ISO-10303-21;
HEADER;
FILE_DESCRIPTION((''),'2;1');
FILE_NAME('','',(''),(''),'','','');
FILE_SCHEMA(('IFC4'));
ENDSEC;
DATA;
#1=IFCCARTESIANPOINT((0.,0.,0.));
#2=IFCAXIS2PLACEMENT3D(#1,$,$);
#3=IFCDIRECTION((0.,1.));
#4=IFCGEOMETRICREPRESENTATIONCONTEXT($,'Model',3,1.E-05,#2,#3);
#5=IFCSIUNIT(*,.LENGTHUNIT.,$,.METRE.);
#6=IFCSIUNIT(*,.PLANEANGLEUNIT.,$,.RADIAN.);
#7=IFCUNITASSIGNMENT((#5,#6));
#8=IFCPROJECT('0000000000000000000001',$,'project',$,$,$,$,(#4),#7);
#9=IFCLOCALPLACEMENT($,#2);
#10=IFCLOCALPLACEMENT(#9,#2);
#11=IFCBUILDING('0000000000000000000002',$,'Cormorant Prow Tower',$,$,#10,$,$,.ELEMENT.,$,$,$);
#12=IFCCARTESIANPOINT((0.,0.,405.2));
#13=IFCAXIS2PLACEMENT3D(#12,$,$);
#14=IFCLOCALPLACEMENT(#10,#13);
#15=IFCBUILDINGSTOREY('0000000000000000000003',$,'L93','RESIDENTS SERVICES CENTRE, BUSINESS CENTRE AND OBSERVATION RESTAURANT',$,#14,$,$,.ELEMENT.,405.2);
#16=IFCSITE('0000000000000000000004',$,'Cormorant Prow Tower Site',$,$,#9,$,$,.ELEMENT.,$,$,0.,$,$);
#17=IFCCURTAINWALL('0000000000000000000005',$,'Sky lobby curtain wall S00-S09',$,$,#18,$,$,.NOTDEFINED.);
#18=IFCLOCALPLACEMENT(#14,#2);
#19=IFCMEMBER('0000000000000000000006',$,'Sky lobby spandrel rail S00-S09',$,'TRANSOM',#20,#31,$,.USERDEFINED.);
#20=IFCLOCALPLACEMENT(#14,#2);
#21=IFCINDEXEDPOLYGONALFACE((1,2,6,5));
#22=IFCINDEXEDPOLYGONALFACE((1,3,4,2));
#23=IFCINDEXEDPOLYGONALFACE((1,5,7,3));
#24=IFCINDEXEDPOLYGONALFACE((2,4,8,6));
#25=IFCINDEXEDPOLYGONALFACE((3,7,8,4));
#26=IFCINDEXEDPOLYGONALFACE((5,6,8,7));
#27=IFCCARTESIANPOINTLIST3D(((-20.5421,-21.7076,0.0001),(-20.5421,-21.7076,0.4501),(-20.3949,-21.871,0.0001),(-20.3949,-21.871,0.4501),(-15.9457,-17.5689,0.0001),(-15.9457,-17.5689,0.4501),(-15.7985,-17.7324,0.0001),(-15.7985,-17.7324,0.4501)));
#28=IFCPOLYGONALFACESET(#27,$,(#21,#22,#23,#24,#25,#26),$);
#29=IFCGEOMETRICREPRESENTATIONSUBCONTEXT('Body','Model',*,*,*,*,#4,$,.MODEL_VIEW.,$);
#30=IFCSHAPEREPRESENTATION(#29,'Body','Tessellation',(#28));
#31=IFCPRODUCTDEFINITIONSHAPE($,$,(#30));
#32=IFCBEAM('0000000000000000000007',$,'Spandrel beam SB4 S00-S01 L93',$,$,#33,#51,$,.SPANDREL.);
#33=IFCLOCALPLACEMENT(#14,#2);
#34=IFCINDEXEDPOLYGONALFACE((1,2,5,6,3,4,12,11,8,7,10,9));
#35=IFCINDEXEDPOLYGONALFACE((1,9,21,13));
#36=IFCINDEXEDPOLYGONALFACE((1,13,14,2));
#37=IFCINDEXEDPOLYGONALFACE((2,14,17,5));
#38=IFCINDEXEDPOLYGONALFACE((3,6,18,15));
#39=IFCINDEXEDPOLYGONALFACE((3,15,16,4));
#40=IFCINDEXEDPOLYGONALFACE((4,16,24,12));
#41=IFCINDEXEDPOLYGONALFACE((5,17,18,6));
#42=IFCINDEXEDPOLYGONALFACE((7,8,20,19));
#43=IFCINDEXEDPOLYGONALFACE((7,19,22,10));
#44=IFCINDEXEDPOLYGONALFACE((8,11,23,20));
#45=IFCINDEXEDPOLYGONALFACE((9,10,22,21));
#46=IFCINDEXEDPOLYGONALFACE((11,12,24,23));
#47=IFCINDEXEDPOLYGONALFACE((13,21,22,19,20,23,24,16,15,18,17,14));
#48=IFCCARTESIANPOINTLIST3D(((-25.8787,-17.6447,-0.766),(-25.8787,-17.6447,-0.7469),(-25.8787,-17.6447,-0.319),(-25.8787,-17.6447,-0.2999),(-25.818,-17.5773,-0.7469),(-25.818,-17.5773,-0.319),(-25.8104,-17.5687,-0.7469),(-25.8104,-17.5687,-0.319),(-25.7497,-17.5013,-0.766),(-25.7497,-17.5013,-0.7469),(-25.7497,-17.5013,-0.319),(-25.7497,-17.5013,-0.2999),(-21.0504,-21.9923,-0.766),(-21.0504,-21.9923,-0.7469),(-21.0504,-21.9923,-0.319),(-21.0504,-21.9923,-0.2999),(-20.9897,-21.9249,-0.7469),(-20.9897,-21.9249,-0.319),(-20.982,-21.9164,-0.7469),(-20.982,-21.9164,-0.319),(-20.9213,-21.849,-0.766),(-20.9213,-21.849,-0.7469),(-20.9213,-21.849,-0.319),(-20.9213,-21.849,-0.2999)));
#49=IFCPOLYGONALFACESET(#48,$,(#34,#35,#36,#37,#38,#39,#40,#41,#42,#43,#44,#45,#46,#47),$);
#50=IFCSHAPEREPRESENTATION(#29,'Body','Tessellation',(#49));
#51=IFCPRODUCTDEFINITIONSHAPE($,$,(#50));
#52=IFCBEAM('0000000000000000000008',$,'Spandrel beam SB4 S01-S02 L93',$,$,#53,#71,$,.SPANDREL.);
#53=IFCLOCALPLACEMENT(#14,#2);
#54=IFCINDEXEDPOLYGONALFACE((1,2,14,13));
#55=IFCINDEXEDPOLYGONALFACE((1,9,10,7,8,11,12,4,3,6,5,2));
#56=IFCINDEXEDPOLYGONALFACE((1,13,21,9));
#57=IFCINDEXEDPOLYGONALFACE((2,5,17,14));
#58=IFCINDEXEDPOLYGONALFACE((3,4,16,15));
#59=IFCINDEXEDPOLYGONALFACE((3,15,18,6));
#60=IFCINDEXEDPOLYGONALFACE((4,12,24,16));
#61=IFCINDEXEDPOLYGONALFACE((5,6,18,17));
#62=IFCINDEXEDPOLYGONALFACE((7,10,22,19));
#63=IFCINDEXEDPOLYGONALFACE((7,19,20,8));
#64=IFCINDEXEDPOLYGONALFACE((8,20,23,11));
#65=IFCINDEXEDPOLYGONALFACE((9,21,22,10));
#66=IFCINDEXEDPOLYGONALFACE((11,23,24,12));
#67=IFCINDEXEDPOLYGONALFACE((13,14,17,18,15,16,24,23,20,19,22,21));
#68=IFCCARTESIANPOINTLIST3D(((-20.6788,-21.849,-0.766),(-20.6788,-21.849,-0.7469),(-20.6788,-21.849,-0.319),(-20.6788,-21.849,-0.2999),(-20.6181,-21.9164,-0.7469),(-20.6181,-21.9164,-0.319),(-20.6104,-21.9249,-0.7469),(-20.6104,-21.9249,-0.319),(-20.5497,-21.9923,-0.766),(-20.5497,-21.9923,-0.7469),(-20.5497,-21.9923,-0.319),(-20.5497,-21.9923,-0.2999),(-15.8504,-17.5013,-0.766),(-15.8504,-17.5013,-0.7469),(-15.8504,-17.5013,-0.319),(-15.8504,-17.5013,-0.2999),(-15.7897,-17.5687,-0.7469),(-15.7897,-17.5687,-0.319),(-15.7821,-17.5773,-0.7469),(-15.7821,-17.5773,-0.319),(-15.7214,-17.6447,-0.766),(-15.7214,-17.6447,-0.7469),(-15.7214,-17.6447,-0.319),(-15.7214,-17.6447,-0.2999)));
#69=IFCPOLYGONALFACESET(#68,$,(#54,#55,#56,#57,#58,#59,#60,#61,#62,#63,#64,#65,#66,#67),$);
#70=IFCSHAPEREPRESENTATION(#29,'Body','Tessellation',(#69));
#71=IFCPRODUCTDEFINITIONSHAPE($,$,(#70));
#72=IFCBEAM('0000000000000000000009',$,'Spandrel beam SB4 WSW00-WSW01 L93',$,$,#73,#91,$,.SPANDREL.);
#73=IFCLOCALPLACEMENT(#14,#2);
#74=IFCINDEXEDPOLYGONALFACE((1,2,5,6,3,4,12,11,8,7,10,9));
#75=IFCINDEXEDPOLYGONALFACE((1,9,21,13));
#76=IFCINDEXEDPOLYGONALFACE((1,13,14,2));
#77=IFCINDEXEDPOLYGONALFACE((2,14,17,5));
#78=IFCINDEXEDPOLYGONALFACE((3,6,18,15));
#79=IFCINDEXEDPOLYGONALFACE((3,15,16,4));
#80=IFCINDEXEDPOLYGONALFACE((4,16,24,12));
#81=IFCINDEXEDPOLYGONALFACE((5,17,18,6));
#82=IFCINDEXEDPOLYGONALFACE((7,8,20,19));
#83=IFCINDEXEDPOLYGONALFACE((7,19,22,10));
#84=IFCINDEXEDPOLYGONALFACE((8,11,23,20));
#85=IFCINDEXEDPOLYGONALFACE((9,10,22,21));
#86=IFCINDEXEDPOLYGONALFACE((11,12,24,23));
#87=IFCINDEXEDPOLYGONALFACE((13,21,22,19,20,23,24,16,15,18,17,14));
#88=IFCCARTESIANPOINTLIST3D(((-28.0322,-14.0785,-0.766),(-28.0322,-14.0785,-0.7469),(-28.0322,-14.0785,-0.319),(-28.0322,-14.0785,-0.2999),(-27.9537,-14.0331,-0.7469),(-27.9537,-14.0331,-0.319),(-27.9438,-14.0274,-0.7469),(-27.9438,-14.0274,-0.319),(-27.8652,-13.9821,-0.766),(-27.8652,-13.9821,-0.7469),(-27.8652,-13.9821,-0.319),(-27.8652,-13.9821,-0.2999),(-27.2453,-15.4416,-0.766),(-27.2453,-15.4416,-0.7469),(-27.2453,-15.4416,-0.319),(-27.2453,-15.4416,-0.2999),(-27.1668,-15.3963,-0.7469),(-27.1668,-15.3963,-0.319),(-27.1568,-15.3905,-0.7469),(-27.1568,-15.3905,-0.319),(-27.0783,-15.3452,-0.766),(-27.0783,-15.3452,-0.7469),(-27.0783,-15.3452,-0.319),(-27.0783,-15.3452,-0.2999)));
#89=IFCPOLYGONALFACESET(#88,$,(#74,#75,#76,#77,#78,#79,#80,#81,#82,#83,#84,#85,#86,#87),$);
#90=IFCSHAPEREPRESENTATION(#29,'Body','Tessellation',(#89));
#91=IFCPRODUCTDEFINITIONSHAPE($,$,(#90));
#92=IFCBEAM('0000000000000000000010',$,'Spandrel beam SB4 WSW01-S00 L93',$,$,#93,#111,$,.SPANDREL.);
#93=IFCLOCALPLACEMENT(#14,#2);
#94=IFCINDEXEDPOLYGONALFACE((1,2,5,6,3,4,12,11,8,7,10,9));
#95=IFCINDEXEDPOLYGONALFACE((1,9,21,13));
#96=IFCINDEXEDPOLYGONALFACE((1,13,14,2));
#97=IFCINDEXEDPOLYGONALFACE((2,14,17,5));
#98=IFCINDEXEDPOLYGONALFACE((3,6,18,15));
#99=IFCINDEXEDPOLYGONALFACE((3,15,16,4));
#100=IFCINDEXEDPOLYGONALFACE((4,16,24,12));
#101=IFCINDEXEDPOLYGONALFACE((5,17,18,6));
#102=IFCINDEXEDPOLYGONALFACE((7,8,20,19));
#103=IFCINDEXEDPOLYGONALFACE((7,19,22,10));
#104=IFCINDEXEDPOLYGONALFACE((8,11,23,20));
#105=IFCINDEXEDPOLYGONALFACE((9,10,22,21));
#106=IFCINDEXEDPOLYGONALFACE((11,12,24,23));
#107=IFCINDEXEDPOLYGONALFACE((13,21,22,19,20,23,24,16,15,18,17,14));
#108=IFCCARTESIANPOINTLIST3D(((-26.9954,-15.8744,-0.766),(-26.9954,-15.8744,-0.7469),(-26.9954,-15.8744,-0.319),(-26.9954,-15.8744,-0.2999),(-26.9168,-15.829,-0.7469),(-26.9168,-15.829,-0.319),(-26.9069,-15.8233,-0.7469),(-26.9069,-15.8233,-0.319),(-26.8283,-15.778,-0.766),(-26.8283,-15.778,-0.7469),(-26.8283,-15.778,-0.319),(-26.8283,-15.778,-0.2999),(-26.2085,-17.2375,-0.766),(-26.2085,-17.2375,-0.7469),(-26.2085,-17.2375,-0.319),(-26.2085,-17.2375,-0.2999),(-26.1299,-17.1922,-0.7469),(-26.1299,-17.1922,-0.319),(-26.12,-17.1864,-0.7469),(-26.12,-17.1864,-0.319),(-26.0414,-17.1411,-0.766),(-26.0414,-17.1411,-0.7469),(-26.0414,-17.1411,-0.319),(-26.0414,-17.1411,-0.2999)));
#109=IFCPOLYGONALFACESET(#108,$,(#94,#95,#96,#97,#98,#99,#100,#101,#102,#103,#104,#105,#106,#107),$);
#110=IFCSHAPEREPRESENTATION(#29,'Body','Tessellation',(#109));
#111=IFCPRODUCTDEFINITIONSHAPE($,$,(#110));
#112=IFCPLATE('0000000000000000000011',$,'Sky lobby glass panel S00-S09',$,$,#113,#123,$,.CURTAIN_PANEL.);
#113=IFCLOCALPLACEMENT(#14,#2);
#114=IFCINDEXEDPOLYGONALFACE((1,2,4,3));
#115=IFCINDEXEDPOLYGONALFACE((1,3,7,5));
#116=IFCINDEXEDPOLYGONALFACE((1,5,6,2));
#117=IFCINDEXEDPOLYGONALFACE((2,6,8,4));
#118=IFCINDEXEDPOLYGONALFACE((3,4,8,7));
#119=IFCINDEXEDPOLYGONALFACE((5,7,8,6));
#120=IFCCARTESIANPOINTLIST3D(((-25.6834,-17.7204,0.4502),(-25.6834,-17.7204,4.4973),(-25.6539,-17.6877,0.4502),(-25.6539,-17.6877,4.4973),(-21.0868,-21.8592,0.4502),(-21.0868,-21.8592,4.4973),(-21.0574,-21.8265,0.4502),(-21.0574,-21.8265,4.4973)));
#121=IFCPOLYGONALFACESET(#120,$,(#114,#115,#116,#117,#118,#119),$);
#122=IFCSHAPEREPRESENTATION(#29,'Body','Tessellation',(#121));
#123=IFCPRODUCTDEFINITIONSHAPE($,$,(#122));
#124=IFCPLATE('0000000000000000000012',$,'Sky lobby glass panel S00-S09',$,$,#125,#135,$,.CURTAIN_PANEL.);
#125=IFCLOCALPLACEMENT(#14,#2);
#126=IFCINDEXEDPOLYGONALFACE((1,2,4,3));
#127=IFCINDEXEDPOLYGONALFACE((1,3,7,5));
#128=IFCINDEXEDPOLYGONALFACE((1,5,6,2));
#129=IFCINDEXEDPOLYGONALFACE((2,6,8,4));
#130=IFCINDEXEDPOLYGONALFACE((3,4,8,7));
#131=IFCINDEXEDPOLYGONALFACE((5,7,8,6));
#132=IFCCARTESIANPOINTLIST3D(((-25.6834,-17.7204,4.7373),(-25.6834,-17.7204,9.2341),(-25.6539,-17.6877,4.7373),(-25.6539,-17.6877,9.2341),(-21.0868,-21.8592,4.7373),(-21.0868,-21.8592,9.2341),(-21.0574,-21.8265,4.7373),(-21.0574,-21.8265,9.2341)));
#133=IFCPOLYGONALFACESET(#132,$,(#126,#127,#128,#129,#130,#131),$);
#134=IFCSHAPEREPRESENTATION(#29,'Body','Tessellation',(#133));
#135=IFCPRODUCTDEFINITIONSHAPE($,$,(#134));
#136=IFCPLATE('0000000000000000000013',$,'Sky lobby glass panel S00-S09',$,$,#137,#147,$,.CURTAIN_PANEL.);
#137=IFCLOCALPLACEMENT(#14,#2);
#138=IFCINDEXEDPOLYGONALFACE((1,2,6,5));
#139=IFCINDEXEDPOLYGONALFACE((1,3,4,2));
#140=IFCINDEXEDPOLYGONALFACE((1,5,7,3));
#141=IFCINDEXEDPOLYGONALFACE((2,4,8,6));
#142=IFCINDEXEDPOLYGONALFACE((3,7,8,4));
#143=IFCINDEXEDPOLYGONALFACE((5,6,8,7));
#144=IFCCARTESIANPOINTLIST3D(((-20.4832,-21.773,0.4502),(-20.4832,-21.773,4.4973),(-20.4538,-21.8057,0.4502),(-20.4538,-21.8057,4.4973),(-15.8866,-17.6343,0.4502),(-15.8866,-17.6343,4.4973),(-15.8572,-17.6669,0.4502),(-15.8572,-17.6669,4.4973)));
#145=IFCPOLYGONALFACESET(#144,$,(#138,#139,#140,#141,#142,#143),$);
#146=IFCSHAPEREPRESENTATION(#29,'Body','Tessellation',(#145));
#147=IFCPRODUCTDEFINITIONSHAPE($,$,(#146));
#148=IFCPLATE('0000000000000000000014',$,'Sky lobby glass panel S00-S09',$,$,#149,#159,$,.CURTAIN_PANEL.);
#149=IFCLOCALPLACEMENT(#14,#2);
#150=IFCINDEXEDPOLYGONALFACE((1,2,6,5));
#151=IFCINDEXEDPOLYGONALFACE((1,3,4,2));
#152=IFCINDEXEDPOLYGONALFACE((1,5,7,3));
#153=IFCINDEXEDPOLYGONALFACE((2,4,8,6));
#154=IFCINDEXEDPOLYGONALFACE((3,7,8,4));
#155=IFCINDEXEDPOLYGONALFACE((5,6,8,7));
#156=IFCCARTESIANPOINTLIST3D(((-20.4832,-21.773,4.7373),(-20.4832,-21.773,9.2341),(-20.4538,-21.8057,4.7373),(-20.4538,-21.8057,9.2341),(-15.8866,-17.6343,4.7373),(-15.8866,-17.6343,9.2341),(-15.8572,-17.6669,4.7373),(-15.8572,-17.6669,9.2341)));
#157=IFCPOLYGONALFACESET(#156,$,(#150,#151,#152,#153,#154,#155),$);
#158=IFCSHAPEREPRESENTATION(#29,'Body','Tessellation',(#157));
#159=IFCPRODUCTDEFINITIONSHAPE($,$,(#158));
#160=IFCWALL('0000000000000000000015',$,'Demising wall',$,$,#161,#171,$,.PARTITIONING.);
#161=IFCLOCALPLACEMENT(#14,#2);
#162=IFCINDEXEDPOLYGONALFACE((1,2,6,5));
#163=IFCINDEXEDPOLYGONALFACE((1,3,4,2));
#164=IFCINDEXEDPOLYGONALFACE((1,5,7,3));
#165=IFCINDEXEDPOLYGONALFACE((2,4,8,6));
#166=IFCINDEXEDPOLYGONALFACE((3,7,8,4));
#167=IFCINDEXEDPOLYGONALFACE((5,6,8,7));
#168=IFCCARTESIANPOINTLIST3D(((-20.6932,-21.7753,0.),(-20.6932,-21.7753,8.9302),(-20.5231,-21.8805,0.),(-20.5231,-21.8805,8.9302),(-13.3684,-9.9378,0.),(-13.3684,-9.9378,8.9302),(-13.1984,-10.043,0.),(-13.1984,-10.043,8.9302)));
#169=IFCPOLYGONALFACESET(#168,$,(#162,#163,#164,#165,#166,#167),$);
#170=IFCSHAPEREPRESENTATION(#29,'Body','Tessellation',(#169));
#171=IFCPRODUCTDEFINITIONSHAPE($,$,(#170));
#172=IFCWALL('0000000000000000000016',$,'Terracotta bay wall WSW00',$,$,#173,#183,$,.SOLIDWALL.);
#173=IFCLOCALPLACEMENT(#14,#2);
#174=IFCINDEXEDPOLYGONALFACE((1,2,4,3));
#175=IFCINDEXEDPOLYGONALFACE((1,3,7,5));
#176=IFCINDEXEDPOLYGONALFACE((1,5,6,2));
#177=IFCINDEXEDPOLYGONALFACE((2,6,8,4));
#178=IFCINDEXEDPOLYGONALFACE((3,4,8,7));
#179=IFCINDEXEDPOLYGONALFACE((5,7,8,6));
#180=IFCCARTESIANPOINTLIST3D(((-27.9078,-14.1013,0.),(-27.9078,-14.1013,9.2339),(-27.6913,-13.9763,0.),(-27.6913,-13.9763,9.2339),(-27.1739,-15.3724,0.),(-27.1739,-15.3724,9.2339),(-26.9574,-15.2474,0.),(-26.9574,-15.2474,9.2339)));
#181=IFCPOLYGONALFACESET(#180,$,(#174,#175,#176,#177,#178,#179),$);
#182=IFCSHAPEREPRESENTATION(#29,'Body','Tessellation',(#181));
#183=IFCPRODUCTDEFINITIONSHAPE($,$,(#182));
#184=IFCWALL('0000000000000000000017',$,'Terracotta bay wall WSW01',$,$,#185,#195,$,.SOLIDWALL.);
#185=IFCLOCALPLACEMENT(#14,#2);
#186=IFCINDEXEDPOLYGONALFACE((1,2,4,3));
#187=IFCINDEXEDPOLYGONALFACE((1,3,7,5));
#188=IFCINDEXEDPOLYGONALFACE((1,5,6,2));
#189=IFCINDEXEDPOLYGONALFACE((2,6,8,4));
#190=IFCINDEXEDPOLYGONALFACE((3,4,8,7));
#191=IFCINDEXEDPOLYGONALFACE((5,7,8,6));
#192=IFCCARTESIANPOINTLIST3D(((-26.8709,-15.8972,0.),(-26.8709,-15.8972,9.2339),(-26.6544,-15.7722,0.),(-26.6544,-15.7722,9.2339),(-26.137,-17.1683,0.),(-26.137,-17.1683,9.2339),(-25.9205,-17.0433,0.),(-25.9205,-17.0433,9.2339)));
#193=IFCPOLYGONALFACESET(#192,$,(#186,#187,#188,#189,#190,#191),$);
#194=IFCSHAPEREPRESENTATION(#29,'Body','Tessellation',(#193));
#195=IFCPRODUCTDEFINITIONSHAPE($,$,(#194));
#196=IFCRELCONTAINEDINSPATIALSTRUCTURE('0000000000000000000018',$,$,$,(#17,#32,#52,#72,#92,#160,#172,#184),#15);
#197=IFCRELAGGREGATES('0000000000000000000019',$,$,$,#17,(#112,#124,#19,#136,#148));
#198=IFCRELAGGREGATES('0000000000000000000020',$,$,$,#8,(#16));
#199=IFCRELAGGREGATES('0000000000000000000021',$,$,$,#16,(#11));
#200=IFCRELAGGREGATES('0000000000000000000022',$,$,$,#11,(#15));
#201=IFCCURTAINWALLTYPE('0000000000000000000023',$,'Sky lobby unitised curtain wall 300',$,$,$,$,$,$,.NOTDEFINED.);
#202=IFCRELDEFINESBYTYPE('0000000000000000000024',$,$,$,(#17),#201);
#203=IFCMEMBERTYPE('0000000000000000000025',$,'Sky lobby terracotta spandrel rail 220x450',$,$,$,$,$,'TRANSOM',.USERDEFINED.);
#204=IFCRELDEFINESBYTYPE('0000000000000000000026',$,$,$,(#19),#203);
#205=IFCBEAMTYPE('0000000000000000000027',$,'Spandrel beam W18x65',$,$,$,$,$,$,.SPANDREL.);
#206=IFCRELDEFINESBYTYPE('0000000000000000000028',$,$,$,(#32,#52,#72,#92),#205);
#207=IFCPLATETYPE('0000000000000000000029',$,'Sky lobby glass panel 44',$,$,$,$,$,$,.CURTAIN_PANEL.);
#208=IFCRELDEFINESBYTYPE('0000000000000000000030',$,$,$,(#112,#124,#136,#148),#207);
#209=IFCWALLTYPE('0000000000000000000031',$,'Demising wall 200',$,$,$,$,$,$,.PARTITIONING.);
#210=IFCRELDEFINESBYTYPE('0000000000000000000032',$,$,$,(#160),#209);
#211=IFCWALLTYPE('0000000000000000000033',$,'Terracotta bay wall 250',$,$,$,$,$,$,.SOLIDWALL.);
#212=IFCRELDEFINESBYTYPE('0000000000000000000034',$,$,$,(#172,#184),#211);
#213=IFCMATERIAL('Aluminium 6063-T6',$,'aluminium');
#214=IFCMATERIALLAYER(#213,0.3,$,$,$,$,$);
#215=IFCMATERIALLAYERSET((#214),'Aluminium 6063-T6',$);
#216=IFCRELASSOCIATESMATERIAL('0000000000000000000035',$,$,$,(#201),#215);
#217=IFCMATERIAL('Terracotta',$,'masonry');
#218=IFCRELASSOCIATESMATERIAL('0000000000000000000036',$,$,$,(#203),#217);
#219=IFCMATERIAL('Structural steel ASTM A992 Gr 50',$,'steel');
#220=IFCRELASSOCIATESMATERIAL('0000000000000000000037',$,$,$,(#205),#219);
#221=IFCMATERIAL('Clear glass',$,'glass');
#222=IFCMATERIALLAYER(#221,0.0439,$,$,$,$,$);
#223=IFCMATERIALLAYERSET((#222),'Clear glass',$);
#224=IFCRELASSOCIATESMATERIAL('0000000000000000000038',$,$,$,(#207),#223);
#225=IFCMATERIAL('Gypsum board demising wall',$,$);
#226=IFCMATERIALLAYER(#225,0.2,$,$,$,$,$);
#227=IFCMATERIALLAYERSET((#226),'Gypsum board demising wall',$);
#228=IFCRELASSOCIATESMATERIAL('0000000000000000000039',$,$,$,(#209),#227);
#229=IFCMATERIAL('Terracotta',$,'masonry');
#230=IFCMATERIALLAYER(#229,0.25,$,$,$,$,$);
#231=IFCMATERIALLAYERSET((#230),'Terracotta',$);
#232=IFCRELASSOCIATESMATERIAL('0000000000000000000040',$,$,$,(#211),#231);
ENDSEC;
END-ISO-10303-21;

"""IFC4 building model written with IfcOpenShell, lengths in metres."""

from ifc_helpers import new_model, si_unit, direction, frame, frame_2d, origin, origin_2d, place, context, subcontext, project, spatial, rectangle, i_section, extrude, material, layer, layer_set, material_profile, profile_set, type_object, element, aggregate, save


model = new_model("IFC4")

# Units and contexts
model_context = context("Model", 3, precision=1e-05, world=origin(), true_north=direction((0.0, 1.0)))
body_context = subcontext(model_context, "Body", "Model", "MODEL_VIEW")
ifc_project = project(units=[si_unit("LENGTHUNIT", "METRE"), si_unit("PLANEANGLEUNIT", "RADIAN")], contexts=[model_context])

# Site, building, storey
site_placement = place(None, origin())
site = spatial("IfcSite", under=ifc_project, at=site_placement, Name="Cormorant Prow Tower Site", CompositionType="ELEMENT", RefElevation=0.0)
building_placement = place(site_placement, origin())
building = spatial("IfcBuilding", under=site, at=building_placement, Name="Cormorant Prow Tower", CompositionType="ELEMENT")
storey_placement = place(building_placement, frame((0.0, 0.0, 405.2)))
storey = spatial("IfcBuildingStorey", under=building, at=storey_placement, Name="L93", Description="RESIDENTS SERVICES CENTRE, BUSINESS CENTRE AND OBSERVATION RESTAURANT", CompositionType="ELEMENT", Elevation=405.2)

# Curtain wall, member
ifc_material_1 = material(Name="Aluminium 6063-T6", Category="aluminium")
ifc_layer_1 = layer(ifc_material_1, 0.3)
ifc_layer_set_1 = layer_set([ifc_layer_1], Name="Aluminium 6063-T6")
curtain_wall_type = type_object("IfcCurtainWallType", Name="Sky lobby unitised curtain wall 300", PredefinedType="NOTDEFINED", material=ifc_layer_set_1)
curtain_wall_placement = place(storey_placement, origin())
curtain_wall = element("IfcCurtainWall", 1, at=curtain_wall_placement, inside=storey, type_object=curtain_wall_type, Name="Sky lobby curtain wall S00-S09", PredefinedType="NOTDEFINED")
ifc_material_2 = material(Name="Terracotta", Category="masonry")
ifc_material_profile_1 = material_profile(ifc_material_2, rectangle(XDim=0.22, YDim=0.45, at=origin_2d()), Name="Sky lobby terracotta spandrel rail 220x450")
ifc_profile_set_1 = profile_set([ifc_material_profile_1], Name="Terracotta")
member_type_1 = type_object("IfcMemberType", Name="Sky lobby terracotta spandrel rail 220x450", ElementType="TRANSOM", PredefinedType="USERDEFINED", material=ifc_profile_set_1)
member_1_placement = place(storey_placement, frame((-20.4685, -21.7893, 0.2251), z_axis=(0.743143, 0.669133, 0.0), x_axis=(-0.669133, 0.743143, 0.0)))
member_1 = element("IfcMember", 2, at=member_1_placement, type_object=member_type_1, Name="Sky lobby spandrel rail S00-S09", ObjectType="TRANSOM", PredefinedType="USERDEFINED", context=body_context, shape_type="SweptSolid", body=[
    extrude(rectangle(XDim=0.22, YDim=0.45, at=origin_2d()), origin(), (0.0, 0.0, 1.0), 6.1851),
])

# Beams
ifc_material_3 = material(Name="Structural steel ASTM A992 Gr 50", Category="steel")
ifc_material_profile_2 = material_profile(ifc_material_3, i_section(OverallWidth=0.1929, OverallDepth=0.4661, WebThickness=0.0115, FlangeThickness=0.019, at=origin_2d()), Name="W18x65")
ifc_profile_set_2 = profile_set([ifc_material_profile_2], Name="Structural steel ASTM A992 Gr 50")
beam_type = type_object("IfcBeamType", Name="Spandrel beam W18x65", PredefinedType="SPANDREL", material=ifc_profile_set_2)
for number, where, z_axis, x_axis, name in (
    (3, (-25.8142, -17.573, -0.533), (0.743132, -0.669145, 0.0), (0.669145, 0.743132, 0.0), "Spandrel beam SB4 S00-S01 L93"),
    (4, (-20.6143, -21.9207, -0.533), (0.743132, 0.669145, 0.0), (-0.669145, 0.743132, 0.0), "Spandrel beam SB4 S01-S02 L93"),
):
    element("IfcBeam", number, at=place(storey_placement, frame(where, z_axis=z_axis, x_axis=x_axis)), inside=storey, type_object=beam_type, Name=name, PredefinedType="SPANDREL", context=body_context, shape_type="SweptSolid", body=[
        extrude(i_section(OverallWidth=0.1929, OverallDepth=0.4661, WebThickness=0.0115, FlangeThickness=0.019, at=origin_2d()), origin(), (0.0, 0.0, 1.0), 6.4973),
    ])
for number, where, z_axis, x_axis, name in (
    (5, (-27.9487, -14.0303, -0.533), (0.49996, -0.866049, 0.0), (0.866049, 0.49996, 0.0), "Spandrel beam SB4 WSW00-WSW01 L93"),
    (6, (-26.9119, -15.8262, -0.533), (0.49996, -0.866049, 0.0), (0.866049, 0.49996, 0.0), "Spandrel beam SB4 WSW01-S00 L93"),
):
    element("IfcBeam", number, at=place(storey_placement, frame(where, z_axis=z_axis, x_axis=x_axis)), inside=storey, type_object=beam_type, Name=name, PredefinedType="SPANDREL", context=body_context, shape_type="SweptSolid", body=[
        extrude(i_section(OverallWidth=0.1929, OverallDepth=0.4661, WebThickness=0.0115, FlangeThickness=0.019, at=origin_2d()), origin(), (0.0, 0.0, 1.0), 1.574),
    ])

# Plates
ifc_material_4 = material(Name="Clear glass", Category="glass")
ifc_layer_2 = layer(ifc_material_4, 0.0439)
ifc_layer_set_2 = layer_set([ifc_layer_2], Name="Clear glass")
plate_type = type_object("IfcPlateType", Name="Sky lobby glass panel 44", PredefinedType="CURTAIN_PANEL", material=ifc_layer_set_2)
plate_1_placement = place(storey_placement, frame((-23.3704, -19.7734, 0.4502), z_axis=(0.0, 0.0, 1.0), x_axis=(0.743145, -0.669131, 0.0)))
plate_1 = element("IfcPlate", 7, at=plate_1_placement, type_object=plate_type, Name="Sky lobby glass panel S00-S09", PredefinedType="CURTAIN_PANEL", context=body_context, shape_type="SweptSolid", body=[
    extrude(rectangle(XDim=6.1853, YDim=0.0439, at=origin_2d()), origin(), (0.0, 0.0, 1.0), 4.0471),
])
plate_2_placement = place(storey_placement, frame((-23.3704, -19.7734, 4.7373), z_axis=(0.0, 0.0, 1.0), x_axis=(0.743145, -0.669131, 0.0)))
plate_2 = element("IfcPlate", 8, at=plate_2_placement, type_object=plate_type, Name="Sky lobby glass panel S00-S09", PredefinedType="CURTAIN_PANEL", context=body_context, shape_type="SweptSolid", body=[
    extrude(rectangle(XDim=6.1853, YDim=0.0439, at=origin_2d()), origin(), (0.0, 0.0, 1.0), 4.4968),
])
plate_3_placement = place(storey_placement, frame((-18.1702, -19.72, 0.4502), z_axis=(0.0, 0.0, 1.0), x_axis=(0.743145, 0.669131, 0.0)))
plate_3 = element("IfcPlate", 9, at=plate_3_placement, type_object=plate_type, Name="Sky lobby glass panel S00-S09", PredefinedType="CURTAIN_PANEL", context=body_context, shape_type="SweptSolid", body=[
    extrude(rectangle(XDim=6.1853, YDim=0.0439, at=origin_2d()), origin(), (0.0, 0.0, 1.0), 4.0471),
])
plate_4_placement = place(storey_placement, frame((-18.1702, -19.72, 4.7373), z_axis=(0.0, 0.0, 1.0), x_axis=(0.743145, 0.669131, 0.0)))
plate_4 = element("IfcPlate", 10, at=plate_4_placement, type_object=plate_type, Name="Sky lobby glass panel S00-S09", PredefinedType="CURTAIN_PANEL", context=body_context, shape_type="SweptSolid", body=[
    extrude(rectangle(XDim=6.1853, YDim=0.0439, at=origin_2d()), origin(), (0.0, 0.0, 1.0), 4.4968),
])
aggregate(curtain_wall, [plate_1, plate_2, member_1, plate_3, plate_4])

# Walls
ifc_material_5 = material(Name="Gypsum board demising wall")
ifc_layer_3 = layer(ifc_material_5, 0.2)
ifc_layer_set_3 = layer_set([ifc_layer_3], Name="Gypsum board demising wall")
wall_type_1 = type_object("IfcWallType", Name="Demising wall 200", PredefinedType="PARTITIONING", material=ifc_layer_set_3)
wall_placement = place(storey_placement, frame((-20.6082, -21.8279, 0.0), z_axis=(0.0, 0.0, 1.0), x_axis=(0.526188, 0.850368, 0.0)))
element("IfcWall", 11, at=wall_placement, inside=storey, type_object=wall_type_1, Name="Demising wall", PredefinedType="PARTITIONING", context=body_context, shape_type="SweptSolid", body=[
    extrude(rectangle(XDim=13.9204, YDim=0.2, at=frame_2d((6.9602, 0.0))), origin(), (0.0, 0.0, 1.0), 8.9302),
])
ifc_material_6 = material(Name="Terracotta", Category="masonry")
ifc_layer_4 = layer(ifc_material_6, 0.25)
ifc_layer_set_4 = layer_set([ifc_layer_4], Name="Terracotta")
wall_type_2 = type_object("IfcWallType", Name="Terracotta bay wall 250", PredefinedType="SOLIDWALL", material=ifc_layer_set_4)
for number, where, z_axis, x_axis, name in (
    (12, (-27.7996, -14.0388, 0.0), (0.0, 0.0, 1.0), (0.500039, -0.866003, 0.0), "Terracotta bay wall WSW00"),
    (13, (-26.7627, -15.8347, 0.0), (0.0, 0.0, 1.0), (0.500039, -0.866003, 0.0), "Terracotta bay wall WSW01"),
):
    element("IfcWall", number, at=place(storey_placement, frame(where, z_axis=z_axis, x_axis=x_axis)), inside=storey, type_object=wall_type_2, Name=name, PredefinedType="SOLIDWALL", context=body_context, shape_type="SweptSolid", body=[
        extrude(rectangle(XDim=1.4678, YDim=0.25, at=frame_2d((0.7339, 0.0))), origin(), (0.0, 0.0, 1.0), 9.2339),
    ])

save(model, "model.ifc")
